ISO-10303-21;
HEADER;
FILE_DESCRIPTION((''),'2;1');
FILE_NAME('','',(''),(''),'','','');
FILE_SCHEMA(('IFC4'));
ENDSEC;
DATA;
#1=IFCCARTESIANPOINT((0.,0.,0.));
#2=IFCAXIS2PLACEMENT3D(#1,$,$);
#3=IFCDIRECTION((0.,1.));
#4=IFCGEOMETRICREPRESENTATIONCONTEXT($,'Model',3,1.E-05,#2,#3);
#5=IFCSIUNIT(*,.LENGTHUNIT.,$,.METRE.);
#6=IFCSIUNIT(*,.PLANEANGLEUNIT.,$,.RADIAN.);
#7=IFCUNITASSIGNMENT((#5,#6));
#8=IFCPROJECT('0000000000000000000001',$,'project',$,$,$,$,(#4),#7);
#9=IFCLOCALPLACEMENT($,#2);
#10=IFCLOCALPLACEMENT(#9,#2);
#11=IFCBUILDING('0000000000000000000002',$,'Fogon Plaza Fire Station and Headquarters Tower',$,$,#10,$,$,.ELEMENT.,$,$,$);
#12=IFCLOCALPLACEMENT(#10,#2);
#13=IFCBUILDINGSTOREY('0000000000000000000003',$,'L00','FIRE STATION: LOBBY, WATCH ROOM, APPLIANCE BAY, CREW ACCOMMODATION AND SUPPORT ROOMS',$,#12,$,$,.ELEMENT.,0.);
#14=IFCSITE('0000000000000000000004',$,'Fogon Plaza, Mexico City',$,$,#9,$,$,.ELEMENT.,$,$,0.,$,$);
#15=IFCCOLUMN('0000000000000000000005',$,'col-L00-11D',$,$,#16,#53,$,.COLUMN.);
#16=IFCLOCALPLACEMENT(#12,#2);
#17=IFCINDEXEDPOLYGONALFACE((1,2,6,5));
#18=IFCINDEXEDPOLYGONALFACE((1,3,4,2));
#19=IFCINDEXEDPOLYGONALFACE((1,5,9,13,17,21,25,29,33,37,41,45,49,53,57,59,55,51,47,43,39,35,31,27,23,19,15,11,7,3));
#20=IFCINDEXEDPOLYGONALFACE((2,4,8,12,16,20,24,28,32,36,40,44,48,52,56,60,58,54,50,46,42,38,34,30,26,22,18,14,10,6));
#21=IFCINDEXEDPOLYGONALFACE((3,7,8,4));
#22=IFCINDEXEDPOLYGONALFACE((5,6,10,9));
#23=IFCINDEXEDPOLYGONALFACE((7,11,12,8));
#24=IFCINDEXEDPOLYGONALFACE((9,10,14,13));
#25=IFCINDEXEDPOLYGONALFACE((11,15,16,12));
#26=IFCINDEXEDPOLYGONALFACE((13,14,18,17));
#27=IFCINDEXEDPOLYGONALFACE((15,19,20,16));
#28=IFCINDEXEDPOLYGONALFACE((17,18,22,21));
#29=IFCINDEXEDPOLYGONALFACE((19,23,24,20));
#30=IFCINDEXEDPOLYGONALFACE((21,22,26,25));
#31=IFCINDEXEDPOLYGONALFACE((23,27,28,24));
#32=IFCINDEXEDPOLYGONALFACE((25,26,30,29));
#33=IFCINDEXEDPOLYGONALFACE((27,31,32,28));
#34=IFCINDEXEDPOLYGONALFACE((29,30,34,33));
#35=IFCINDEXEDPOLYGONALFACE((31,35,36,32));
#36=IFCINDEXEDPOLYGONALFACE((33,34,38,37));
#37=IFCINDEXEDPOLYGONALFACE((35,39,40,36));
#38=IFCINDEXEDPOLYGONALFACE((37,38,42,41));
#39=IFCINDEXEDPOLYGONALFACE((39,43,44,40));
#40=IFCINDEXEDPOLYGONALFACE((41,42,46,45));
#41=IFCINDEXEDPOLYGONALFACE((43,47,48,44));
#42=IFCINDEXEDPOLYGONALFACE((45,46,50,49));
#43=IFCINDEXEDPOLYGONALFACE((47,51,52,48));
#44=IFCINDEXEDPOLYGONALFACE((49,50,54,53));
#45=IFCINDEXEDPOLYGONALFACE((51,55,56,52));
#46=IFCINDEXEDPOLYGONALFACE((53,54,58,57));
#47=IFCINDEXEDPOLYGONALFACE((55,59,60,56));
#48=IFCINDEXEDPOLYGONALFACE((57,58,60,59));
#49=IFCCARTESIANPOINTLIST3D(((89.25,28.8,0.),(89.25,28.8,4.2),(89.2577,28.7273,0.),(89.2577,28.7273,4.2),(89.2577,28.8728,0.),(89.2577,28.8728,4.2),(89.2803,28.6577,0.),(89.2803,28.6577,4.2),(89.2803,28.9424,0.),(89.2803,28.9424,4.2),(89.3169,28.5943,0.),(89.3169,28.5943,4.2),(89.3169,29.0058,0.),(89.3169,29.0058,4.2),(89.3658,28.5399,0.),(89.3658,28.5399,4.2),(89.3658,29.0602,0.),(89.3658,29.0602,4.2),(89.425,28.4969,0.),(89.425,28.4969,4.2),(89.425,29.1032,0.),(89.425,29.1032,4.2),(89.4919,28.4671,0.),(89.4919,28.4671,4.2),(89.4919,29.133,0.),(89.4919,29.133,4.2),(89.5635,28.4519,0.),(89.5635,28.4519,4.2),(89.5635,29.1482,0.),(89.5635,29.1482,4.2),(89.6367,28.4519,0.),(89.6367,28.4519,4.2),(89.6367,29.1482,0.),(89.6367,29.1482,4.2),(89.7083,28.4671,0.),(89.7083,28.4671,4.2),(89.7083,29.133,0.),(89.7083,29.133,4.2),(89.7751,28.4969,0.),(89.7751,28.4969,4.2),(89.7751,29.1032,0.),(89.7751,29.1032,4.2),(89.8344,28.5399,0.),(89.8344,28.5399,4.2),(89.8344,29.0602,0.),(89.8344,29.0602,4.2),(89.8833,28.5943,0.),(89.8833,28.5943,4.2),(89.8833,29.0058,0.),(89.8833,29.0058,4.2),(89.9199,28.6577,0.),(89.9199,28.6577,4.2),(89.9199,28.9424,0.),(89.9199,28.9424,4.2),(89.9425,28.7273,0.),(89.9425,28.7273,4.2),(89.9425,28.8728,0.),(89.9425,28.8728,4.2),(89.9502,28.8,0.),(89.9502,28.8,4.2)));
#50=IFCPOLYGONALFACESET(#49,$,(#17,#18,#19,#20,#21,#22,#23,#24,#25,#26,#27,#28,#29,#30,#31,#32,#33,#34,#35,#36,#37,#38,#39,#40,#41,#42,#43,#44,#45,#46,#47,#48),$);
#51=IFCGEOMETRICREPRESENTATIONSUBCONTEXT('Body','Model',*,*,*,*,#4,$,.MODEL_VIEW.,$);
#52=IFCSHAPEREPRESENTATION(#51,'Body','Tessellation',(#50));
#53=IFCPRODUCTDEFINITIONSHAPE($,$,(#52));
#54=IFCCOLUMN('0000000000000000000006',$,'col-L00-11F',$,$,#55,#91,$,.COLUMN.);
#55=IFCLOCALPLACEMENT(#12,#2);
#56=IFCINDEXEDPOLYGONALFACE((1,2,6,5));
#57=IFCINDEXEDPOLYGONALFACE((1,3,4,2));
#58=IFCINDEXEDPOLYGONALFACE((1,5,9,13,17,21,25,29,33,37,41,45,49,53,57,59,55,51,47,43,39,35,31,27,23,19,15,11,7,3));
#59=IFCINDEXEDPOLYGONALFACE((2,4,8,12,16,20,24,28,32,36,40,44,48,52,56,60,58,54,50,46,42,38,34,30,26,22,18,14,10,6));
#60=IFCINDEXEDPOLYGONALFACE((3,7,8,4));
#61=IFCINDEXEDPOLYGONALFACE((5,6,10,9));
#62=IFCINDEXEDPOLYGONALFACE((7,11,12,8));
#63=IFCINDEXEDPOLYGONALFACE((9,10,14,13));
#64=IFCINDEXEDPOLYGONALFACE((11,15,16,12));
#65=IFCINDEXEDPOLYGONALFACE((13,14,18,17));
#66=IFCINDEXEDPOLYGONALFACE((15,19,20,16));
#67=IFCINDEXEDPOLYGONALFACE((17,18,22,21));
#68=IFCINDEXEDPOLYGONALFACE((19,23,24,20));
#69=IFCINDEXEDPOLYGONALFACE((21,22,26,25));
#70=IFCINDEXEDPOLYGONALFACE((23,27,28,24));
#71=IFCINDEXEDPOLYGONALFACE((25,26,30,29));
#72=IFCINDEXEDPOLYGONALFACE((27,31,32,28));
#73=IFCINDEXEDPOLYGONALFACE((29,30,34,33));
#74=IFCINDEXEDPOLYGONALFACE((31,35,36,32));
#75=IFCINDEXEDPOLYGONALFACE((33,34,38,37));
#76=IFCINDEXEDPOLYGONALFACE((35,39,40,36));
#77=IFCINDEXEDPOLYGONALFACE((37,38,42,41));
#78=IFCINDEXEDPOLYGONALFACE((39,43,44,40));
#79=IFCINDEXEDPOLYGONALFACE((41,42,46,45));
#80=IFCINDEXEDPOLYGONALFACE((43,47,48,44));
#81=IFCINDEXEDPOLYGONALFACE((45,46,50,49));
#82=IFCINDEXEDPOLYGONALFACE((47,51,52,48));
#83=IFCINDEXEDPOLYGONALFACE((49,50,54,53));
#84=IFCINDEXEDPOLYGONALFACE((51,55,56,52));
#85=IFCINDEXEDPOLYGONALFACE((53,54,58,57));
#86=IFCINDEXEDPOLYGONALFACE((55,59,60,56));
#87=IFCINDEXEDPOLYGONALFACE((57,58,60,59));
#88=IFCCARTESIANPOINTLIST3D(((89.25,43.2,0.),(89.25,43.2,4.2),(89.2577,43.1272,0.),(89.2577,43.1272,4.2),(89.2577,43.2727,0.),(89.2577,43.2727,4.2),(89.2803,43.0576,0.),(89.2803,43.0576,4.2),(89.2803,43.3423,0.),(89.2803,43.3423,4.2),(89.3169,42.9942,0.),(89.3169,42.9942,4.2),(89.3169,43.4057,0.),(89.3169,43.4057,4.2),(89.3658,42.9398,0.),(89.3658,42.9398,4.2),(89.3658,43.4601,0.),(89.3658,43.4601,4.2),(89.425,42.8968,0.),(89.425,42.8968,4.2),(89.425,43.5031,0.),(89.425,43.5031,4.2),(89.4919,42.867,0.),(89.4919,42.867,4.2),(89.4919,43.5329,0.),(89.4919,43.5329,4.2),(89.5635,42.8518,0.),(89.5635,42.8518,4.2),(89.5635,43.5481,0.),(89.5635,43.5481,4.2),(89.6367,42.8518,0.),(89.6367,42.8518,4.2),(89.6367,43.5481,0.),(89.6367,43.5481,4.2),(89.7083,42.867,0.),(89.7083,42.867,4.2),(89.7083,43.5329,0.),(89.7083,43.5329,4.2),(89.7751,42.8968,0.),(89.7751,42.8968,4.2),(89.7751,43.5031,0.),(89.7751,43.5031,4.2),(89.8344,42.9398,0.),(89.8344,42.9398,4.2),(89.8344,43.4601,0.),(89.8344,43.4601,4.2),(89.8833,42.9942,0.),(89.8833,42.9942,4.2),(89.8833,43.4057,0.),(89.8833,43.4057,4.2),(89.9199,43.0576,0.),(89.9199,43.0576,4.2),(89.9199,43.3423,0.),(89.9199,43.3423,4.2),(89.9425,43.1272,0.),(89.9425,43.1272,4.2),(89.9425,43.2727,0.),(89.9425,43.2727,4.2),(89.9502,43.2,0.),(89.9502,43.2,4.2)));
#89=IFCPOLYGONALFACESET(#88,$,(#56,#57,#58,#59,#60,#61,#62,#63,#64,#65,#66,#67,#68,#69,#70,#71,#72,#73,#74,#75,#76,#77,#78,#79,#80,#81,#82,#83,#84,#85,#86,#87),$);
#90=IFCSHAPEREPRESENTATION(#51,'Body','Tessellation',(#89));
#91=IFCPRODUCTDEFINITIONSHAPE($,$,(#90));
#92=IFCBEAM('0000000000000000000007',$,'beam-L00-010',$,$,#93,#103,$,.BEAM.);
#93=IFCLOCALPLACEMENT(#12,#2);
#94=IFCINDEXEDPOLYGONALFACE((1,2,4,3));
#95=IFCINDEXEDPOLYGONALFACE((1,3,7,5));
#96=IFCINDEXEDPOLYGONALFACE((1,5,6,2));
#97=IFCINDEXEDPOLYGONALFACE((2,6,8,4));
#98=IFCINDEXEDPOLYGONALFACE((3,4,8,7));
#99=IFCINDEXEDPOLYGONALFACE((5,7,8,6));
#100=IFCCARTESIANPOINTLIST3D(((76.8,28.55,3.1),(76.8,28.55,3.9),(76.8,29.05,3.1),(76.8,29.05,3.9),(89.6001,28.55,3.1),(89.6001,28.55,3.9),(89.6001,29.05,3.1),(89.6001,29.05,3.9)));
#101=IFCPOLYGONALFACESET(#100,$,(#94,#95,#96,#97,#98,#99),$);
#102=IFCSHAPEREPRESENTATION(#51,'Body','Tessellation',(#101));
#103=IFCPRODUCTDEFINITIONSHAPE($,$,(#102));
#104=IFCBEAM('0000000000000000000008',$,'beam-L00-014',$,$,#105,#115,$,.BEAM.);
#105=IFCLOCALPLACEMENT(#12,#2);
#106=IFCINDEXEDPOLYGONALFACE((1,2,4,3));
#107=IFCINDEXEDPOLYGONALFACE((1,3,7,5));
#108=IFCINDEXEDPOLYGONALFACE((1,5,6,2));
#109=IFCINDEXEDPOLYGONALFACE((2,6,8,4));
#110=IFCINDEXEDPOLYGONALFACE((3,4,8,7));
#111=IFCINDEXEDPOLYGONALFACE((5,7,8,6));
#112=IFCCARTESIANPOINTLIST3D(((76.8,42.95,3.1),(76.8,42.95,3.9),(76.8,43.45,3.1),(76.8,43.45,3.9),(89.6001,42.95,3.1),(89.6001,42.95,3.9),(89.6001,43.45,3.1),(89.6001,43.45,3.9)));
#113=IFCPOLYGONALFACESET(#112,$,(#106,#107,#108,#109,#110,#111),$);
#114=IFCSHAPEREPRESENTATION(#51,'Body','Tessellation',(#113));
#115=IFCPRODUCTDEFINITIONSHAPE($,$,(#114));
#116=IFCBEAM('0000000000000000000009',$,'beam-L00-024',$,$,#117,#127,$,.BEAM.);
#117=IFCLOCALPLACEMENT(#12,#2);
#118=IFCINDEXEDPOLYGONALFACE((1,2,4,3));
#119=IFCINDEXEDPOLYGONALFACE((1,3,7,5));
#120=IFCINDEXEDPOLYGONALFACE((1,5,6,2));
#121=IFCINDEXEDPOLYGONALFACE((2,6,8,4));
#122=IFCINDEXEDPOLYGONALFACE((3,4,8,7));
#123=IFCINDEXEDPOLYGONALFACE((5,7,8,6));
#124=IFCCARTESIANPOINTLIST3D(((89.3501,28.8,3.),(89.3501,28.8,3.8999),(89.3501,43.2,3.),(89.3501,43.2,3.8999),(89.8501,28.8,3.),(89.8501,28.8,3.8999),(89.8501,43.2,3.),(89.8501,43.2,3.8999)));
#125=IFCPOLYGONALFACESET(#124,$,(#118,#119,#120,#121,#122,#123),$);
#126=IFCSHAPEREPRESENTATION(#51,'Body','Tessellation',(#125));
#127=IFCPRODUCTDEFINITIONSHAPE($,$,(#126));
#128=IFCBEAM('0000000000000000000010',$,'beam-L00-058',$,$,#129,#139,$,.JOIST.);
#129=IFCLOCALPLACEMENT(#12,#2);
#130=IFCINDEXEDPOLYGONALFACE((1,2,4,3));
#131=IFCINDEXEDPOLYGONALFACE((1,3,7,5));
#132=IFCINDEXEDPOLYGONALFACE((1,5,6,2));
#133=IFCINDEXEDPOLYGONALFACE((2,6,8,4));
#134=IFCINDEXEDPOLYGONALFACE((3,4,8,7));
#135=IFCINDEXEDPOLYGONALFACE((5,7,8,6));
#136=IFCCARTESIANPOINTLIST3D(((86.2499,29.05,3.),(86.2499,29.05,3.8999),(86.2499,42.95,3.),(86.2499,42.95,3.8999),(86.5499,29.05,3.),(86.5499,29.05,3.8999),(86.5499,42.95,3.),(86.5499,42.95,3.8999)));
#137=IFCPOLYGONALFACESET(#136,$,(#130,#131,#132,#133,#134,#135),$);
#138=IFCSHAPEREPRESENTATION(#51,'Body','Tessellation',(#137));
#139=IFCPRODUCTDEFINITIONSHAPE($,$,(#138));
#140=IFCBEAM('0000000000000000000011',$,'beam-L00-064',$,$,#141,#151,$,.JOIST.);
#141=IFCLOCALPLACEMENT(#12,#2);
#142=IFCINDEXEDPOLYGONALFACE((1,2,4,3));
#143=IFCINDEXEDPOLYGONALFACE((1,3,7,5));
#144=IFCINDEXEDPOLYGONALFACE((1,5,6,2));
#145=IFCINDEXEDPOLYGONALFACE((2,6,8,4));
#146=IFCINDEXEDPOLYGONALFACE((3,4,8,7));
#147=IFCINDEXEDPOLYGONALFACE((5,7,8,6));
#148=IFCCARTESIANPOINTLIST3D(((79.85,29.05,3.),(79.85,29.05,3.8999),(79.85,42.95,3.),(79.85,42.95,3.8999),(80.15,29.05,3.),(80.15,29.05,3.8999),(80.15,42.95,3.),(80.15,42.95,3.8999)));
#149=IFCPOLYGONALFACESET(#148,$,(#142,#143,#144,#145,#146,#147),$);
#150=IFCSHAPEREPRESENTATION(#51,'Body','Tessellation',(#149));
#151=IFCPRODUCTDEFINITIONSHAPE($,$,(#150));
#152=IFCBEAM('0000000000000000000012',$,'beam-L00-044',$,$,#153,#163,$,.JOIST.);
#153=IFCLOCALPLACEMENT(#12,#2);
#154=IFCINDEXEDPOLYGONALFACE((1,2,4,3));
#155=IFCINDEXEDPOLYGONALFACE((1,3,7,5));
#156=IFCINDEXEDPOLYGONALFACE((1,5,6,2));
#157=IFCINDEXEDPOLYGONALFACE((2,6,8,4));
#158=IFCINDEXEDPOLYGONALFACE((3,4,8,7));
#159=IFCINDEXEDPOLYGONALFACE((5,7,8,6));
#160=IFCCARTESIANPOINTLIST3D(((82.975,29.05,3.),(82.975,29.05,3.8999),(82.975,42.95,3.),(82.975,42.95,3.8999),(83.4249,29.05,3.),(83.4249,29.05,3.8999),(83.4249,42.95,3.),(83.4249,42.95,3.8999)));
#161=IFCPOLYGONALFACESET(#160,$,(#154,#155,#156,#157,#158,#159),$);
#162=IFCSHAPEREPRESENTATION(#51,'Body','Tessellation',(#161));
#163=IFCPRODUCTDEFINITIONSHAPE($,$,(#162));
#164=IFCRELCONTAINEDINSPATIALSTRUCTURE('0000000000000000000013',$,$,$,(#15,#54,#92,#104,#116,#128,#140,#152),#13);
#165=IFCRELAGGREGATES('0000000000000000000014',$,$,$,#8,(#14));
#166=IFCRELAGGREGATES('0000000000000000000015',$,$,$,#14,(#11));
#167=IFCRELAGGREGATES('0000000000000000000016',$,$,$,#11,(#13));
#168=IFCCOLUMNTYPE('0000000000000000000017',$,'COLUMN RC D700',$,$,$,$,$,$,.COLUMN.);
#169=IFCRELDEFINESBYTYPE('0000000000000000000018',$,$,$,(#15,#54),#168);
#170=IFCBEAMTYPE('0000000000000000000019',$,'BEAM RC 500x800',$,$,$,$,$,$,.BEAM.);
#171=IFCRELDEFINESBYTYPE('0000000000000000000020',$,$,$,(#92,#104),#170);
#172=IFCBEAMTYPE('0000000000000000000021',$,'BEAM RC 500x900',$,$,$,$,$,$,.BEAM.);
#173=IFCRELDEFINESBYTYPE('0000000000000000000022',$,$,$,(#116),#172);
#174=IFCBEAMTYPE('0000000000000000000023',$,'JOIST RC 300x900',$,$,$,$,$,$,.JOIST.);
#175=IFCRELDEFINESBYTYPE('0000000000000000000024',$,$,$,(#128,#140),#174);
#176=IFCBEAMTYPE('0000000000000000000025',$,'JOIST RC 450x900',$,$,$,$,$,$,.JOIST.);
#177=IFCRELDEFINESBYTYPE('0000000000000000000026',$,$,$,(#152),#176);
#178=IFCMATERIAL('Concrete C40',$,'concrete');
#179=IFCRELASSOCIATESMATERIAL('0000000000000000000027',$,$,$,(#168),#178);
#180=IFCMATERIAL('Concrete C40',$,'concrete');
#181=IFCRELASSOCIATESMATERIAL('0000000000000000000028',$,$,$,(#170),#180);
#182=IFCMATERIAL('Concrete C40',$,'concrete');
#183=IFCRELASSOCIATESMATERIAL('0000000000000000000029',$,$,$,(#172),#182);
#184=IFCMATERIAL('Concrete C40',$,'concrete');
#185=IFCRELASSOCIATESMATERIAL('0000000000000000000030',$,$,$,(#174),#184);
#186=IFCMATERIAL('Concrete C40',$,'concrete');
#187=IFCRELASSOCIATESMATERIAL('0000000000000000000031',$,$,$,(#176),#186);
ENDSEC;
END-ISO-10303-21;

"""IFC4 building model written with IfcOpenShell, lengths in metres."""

from ifc_helpers import new_model, si_unit, direction, frame, origin, origin_2d, place, context, subcontext, project, spatial, rectangle, circle, extrude, material, material_profile, profile_set, type_object, element, save


model = new_model("IFC4")

# Units and contexts
model_context = context("Model", 3, precision=1e-05, world=origin(), true_north=direction((0.0, 1.0)))
body_context = subcontext(model_context, "Body", "Model", "MODEL_VIEW")
ifc_project = project(units=[si_unit("LENGTHUNIT", "METRE"), si_unit("PLANEANGLEUNIT", "RADIAN")], contexts=[model_context])

# Site, building, storey
site_placement = place(None, origin())
site = spatial("IfcSite", under=ifc_project, at=site_placement, Name="Fogon Plaza, Mexico City", CompositionType="ELEMENT", RefElevation=0.0)
building_placement = place(site_placement, origin())
building = spatial("IfcBuilding", under=site, at=building_placement, Name="Fogon Plaza Fire Station and Headquarters Tower", CompositionType="ELEMENT")
storey_placement = place(building_placement, origin())
storey = spatial("IfcBuildingStorey", under=building, at=storey_placement, Name="L00", Description="FIRE STATION: LOBBY, WATCH ROOM, APPLIANCE BAY, CREW ACCOMMODATION AND SUPPORT ROOMS", CompositionType="ELEMENT", Elevation=0.0)

# Columns
ifc_material_1 = material(Name="Concrete C40", Category="concrete")
ifc_material_profile_1 = material_profile(ifc_material_1, circle(Radius=0.3501, at=origin_2d()), Name="RC D700")
ifc_profile_set_1 = profile_set([ifc_material_profile_1], Name="Concrete C40")
column_type = type_object("IfcColumnType", Name="COLUMN RC D700", PredefinedType="COLUMN", material=ifc_profile_set_1)
for number, where, z_axis, x_axis, name in (
    (1, (89.6001, 28.8, 0.0), (0.0, 0.0, 1.0), (1.0, 0.0, 0.0), "col-L00-11D"),
    (2, (89.6001, 43.2, 0.0), (0.0, 0.0, 1.0), (1.0, 0.0, 0.0), "col-L00-11F"),
):
    element("IfcColumn", number, at=place(storey_placement, frame(where, z_axis=z_axis, x_axis=x_axis)), inside=storey, type_object=column_type, Name=name, PredefinedType="COLUMN", context=body_context, shape_type="SweptSolid", body=[
        extrude(circle(Radius=0.3501, at=origin_2d()), origin(), (0.0, 0.0, 1.0), 4.2),
    ])

# Beams
ifc_material_2 = material(Name="Concrete C40", Category="concrete")
ifc_material_profile_2 = material_profile(ifc_material_2, rectangle(XDim=0.5, YDim=0.8, at=origin_2d()), Name="RC 500x800")
ifc_profile_set_2 = profile_set([ifc_material_profile_2], Name="Concrete C40")
beam_type_1 = type_object("IfcBeamType", Name="BEAM RC 500x800", PredefinedType="BEAM", material=ifc_profile_set_2)
for number, where, z_axis, x_axis, name in (
    (3, (89.6001, 28.8, 3.5), (-1.0, 0.0, 0.0), (0.0, -1.0, 0.0), "beam-L00-010"),
    (4, (89.6001, 43.2, 3.5), (-1.0, 0.0, 0.0), (0.0, -1.0, 0.0), "beam-L00-014"),
):
    element("IfcBeam", number, at=place(storey_placement, frame(where, z_axis=z_axis, x_axis=x_axis)), inside=storey, type_object=beam_type_1, Name=name, PredefinedType="BEAM", context=body_context, shape_type="SweptSolid", body=[
        extrude(rectangle(XDim=0.5, YDim=0.8, at=origin_2d()), origin(), (0.0, 0.0, 1.0), 12.8),
    ])
ifc_material_3 = material(Name="Concrete C40", Category="concrete")
ifc_material_profile_3 = material_profile(ifc_material_3, rectangle(XDim=0.5, YDim=0.8999, at=origin_2d()), Name="RC 500x900")
ifc_profile_set_3 = profile_set([ifc_material_profile_3], Name="Concrete C40")
beam_type_2 = type_object("IfcBeamType", Name="BEAM RC 500x900", PredefinedType="BEAM", material=ifc_profile_set_3)
beam_1_placement = place(storey_placement, frame((89.6001, 28.8, 3.45), z_axis=(0.0, 1.0, 0.0), x_axis=(-1.0, 0.0, 0.0)))
element("IfcBeam", 5, at=beam_1_placement, inside=storey, type_object=beam_type_2, Name="beam-L00-024", PredefinedType="BEAM", context=body_context, shape_type="SweptSolid", body=[
    extrude(rectangle(XDim=0.5, YDim=0.8999, at=origin_2d()), origin(), (0.0, 0.0, 1.0), 14.3999),
])
ifc_material_4 = material(Name="Concrete C40", Category="concrete")
ifc_material_profile_4 = material_profile(ifc_material_4, rectangle(XDim=0.3, YDim=0.8999, at=origin_2d()), Name="RC 300x900")
ifc_profile_set_4 = profile_set([ifc_material_profile_4], Name="Concrete C40")
beam_type_3 = type_object("IfcBeamType", Name="JOIST RC 300x900", PredefinedType="JOIST", material=ifc_profile_set_4)
for number, where, z_axis, x_axis, name in (
    (6, (86.3999, 29.05, 3.45), (0.0, 1.0, 0.0), (-1.0, 0.0, 0.0), "beam-L00-058"),
    (7, (80.0, 29.05, 3.45), (0.0, 1.0, 0.0), (-1.0, 0.0, 0.0), "beam-L00-064"),
):
    element("IfcBeam", number, at=place(storey_placement, frame(where, z_axis=z_axis, x_axis=x_axis)), inside=storey, type_object=beam_type_3, Name=name, PredefinedType="JOIST", context=body_context, shape_type="SweptSolid", body=[
        extrude(rectangle(XDim=0.3, YDim=0.8999, at=origin_2d()), origin(), (0.0, 0.0, 1.0), 13.8999),
    ])
ifc_material_5 = material(Name="Concrete C40", Category="concrete")
ifc_material_profile_5 = material_profile(ifc_material_5, rectangle(XDim=0.45, YDim=0.8999, at=origin_2d()), Name="RC 450x900")
ifc_profile_set_5 = profile_set([ifc_material_profile_5], Name="Concrete C40")
beam_type_4 = type_object("IfcBeamType", Name="JOIST RC 450x900", PredefinedType="JOIST", material=ifc_profile_set_5)
beam_2_placement = place(storey_placement, frame((83.2, 29.05, 3.45), z_axis=(0.0, 1.0, 0.0), x_axis=(-1.0, 0.0, 0.0)))
element("IfcBeam", 8, at=beam_2_placement, inside=storey, type_object=beam_type_4, Name="beam-L00-044", PredefinedType="JOIST", context=body_context, shape_type="SweptSolid", body=[
    extrude(rectangle(XDim=0.45, YDim=0.8999, at=origin_2d()), origin(), (0.0, 0.0, 1.0), 13.8999),
])

save(model, "model.ifc")
